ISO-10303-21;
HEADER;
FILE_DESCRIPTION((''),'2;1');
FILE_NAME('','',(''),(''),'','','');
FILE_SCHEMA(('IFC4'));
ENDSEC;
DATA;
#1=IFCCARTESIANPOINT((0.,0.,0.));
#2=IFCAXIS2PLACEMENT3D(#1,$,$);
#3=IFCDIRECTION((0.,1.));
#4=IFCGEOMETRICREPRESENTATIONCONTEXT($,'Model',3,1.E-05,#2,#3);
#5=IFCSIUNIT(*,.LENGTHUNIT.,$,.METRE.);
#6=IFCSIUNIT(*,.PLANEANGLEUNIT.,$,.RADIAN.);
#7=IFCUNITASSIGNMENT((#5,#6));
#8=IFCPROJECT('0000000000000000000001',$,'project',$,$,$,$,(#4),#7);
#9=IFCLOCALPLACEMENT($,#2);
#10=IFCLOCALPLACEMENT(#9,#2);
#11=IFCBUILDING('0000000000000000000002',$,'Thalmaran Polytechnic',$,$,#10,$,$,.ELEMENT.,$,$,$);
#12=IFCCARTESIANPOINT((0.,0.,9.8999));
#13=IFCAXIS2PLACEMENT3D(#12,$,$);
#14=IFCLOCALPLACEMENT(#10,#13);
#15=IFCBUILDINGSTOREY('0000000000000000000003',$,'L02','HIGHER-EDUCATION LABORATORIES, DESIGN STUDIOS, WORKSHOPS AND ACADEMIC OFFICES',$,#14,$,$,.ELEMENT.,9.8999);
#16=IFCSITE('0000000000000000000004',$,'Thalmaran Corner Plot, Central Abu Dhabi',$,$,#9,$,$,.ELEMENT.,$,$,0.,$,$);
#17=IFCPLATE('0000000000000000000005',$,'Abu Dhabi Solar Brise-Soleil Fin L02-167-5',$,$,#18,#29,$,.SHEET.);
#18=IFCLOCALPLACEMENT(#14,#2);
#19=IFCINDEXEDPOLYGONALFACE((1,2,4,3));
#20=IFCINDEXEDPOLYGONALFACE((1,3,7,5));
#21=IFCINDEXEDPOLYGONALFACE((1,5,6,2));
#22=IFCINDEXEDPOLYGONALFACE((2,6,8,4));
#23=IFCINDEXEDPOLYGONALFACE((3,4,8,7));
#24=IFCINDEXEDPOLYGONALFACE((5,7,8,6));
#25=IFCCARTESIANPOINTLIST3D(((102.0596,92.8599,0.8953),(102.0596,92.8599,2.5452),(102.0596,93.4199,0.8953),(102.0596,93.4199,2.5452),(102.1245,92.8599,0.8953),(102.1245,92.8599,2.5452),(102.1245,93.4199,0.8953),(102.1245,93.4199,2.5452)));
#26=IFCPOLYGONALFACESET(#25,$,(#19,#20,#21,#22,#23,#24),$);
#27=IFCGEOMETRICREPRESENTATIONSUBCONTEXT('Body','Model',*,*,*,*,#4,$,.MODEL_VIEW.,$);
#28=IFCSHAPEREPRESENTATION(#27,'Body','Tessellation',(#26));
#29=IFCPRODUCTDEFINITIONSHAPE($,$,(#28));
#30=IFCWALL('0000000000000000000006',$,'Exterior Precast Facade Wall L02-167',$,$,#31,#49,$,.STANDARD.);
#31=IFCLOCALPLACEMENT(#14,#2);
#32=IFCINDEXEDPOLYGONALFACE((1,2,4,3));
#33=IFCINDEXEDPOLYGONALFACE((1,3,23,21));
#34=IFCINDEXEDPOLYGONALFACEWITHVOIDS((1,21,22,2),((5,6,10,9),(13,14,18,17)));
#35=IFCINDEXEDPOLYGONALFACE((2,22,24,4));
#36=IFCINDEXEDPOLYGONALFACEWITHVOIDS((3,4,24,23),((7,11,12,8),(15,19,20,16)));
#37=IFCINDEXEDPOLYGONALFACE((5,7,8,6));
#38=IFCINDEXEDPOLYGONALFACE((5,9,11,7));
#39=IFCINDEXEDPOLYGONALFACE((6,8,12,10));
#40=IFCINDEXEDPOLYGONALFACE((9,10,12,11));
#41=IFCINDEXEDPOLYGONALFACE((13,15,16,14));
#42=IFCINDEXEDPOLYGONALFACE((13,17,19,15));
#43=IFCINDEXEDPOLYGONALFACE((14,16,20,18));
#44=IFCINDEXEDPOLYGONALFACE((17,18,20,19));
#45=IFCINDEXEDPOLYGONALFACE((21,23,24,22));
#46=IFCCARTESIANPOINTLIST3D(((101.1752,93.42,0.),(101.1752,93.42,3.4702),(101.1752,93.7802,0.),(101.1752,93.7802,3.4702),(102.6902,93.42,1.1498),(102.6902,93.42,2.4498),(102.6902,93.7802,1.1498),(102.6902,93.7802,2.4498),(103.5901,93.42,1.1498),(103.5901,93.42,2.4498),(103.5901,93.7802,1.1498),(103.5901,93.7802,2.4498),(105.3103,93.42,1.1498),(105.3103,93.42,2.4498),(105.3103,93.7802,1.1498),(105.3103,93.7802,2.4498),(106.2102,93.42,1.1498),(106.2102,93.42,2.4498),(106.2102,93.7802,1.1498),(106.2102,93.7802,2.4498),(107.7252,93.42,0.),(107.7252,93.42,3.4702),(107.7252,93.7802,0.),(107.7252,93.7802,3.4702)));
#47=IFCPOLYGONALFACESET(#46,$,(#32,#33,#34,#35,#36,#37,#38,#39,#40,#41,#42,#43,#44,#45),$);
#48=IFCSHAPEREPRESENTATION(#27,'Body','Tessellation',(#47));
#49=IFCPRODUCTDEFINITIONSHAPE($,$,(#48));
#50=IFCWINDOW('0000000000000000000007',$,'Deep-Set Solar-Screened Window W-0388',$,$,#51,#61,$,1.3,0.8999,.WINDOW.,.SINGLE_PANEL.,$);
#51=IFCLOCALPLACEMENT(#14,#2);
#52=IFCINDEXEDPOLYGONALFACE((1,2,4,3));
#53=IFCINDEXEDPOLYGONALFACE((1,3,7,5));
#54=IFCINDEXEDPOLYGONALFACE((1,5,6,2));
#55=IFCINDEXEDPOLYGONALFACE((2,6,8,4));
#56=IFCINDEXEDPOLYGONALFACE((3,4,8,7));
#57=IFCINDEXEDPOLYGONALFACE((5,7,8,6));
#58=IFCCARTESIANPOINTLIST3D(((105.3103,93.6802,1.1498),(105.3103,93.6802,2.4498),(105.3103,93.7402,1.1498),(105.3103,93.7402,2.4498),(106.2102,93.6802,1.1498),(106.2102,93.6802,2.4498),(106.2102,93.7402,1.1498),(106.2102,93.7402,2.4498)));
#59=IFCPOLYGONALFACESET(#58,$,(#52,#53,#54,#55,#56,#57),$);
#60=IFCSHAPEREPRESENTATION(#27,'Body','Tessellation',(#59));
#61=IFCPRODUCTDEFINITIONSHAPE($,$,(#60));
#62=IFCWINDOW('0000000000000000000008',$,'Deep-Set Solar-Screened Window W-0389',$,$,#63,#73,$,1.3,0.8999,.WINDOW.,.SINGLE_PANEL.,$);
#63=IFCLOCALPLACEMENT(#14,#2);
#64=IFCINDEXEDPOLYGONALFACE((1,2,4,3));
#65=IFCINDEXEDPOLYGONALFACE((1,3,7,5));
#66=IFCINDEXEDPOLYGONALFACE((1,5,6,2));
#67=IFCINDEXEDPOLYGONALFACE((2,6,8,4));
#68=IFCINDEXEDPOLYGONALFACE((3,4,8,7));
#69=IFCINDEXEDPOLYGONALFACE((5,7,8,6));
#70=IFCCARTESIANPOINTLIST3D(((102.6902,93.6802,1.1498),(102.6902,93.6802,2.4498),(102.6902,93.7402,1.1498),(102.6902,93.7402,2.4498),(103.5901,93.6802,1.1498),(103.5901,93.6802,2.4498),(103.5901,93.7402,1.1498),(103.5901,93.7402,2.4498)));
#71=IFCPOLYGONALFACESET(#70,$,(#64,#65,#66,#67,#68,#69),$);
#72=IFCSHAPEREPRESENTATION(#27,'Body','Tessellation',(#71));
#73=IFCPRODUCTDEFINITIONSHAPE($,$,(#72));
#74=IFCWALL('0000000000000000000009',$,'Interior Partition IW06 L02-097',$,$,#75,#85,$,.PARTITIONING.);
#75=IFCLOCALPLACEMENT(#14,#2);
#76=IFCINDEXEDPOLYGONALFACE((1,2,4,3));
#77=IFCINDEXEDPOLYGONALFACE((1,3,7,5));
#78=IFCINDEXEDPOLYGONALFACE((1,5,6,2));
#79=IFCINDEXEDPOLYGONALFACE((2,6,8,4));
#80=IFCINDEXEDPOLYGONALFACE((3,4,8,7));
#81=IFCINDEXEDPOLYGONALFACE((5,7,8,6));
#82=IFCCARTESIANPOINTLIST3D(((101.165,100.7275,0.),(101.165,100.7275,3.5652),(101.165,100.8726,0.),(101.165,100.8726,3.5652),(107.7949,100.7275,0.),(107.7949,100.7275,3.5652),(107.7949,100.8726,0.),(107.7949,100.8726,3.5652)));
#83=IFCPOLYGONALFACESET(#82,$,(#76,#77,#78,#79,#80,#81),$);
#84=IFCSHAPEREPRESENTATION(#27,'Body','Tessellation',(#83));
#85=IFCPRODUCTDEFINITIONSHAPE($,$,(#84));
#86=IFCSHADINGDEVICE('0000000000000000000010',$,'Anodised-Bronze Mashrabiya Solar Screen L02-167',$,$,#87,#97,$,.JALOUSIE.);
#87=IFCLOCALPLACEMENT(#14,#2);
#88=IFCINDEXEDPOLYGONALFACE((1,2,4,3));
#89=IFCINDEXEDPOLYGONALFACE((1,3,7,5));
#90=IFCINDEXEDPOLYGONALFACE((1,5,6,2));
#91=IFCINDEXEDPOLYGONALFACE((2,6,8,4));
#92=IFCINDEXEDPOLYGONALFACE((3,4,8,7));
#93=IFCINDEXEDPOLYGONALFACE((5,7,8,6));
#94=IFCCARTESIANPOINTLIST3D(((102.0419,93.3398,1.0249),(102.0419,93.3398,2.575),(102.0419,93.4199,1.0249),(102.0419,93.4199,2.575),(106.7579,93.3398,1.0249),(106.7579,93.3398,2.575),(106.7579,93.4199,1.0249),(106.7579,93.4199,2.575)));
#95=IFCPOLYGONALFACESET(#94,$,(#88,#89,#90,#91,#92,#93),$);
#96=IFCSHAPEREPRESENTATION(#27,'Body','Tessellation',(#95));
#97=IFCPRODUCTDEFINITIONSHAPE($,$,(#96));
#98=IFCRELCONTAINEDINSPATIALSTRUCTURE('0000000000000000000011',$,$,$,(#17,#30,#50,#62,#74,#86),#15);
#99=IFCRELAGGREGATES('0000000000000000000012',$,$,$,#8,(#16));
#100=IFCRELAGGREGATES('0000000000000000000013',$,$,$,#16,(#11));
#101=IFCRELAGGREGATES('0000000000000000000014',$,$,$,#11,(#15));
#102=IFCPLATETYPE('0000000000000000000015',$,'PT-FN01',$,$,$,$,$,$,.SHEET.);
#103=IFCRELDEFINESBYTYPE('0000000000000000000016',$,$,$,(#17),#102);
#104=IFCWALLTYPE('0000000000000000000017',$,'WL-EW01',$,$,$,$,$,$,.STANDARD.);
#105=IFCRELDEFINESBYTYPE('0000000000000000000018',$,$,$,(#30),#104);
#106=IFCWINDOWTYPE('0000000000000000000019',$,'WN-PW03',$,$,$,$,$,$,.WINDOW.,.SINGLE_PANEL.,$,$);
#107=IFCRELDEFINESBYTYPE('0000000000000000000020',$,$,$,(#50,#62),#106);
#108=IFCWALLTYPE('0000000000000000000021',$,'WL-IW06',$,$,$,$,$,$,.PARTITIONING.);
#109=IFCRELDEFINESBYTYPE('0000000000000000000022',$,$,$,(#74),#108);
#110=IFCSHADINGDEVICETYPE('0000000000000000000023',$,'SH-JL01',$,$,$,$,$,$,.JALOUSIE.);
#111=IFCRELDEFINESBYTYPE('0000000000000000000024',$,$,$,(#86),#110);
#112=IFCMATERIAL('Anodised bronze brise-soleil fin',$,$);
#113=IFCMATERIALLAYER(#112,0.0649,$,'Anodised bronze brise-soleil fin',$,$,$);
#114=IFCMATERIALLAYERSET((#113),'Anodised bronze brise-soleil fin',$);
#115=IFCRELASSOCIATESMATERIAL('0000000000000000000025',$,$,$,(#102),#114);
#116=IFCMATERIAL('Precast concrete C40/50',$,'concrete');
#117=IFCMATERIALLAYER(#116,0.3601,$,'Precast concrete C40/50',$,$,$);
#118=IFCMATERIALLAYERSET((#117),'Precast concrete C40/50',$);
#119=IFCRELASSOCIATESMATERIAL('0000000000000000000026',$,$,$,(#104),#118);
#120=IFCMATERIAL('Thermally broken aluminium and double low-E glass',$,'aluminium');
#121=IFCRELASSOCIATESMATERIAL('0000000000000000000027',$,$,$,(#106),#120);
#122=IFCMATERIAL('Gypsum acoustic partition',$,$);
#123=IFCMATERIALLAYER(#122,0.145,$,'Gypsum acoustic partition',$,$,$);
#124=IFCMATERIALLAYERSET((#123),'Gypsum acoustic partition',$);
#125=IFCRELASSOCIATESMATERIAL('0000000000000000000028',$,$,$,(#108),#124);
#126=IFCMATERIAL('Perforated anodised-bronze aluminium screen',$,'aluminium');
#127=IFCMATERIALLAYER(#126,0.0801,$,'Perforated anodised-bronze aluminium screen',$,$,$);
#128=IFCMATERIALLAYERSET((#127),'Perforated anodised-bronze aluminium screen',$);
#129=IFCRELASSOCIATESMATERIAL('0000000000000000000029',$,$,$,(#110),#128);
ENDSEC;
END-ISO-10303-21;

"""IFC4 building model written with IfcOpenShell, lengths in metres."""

from ifc_helpers import new_model, si_unit, direction, frame, frame_2d, origin, origin_2d, place, context, subcontext, project, spatial, rectangle, extrude, material, layer, layer_set, type_object, element, fill, save


model = new_model("IFC4")

# Units and contexts
model_context = context("Model", 3, precision=1e-05, world=origin(), true_north=direction((0.0, 1.0)))
body_context = subcontext(model_context, "Body", "Model", "MODEL_VIEW")
ifc_project = project(units=[si_unit("LENGTHUNIT", "METRE"), si_unit("PLANEANGLEUNIT", "RADIAN")], contexts=[model_context])

# Site, building, storey
site_placement = place(None, origin())
site = spatial("IfcSite", under=ifc_project, at=site_placement, Name="Thalmaran Corner Plot, Central Abu Dhabi", CompositionType="ELEMENT", RefElevation=0.0)
building_placement = place(site_placement, origin())
building = spatial("IfcBuilding", under=site, at=building_placement, Name="Thalmaran Polytechnic", CompositionType="ELEMENT")
storey_placement = place(building_placement, frame((0.0, 0.0, 9.8999)))
storey = spatial("IfcBuildingStorey", under=building, at=storey_placement, Name="L02", Description="HIGHER-EDUCATION LABORATORIES, DESIGN STUDIOS, WORKSHOPS AND ACADEMIC OFFICES", CompositionType="ELEMENT", Elevation=9.8999)

# Plate
ifc_material_1 = material(Name="Anodised bronze brise-soleil fin")
ifc_layer_1 = layer(ifc_material_1, 0.0649, Name="Anodised bronze brise-soleil fin")
ifc_layer_set_1 = layer_set([ifc_layer_1], Name="Anodised bronze brise-soleil fin")
plate_type_1 = type_object("IfcPlateType", Name="PT-FN01", PredefinedType="SHEET", material=ifc_layer_set_1)
for number, where, z_axis, x_axis, name in (
    (1, (102.092, 93.1399, 0.8953), (0.0, 0.0, 1.0), (-1.0, 0.0, 0.0), "Abu Dhabi Solar Brise-Soleil Fin L02-167-5"),
):
    element("IfcPlate", number, at=place(storey_placement, frame(where, z_axis=z_axis, x_axis=x_axis)), inside=storey, type_object=plate_type_1, Name=name, PredefinedType="SHEET", context=body_context, shape_type="SweptSolid", body=[
        extrude(rectangle(XDim=0.0649, YDim=0.5601, at=origin_2d()), origin(), (0.0, 0.0, 1.0), 1.6499),
    ])

# Wall, openings, windows
ifc_material_2 = material(Name="Precast concrete C40/50", Category="concrete")
ifc_layer_2 = layer(ifc_material_2, 0.3601, Name="Precast concrete C40/50")
ifc_layer_set_2 = layer_set([ifc_layer_2], Name="Precast concrete C40/50")
wall_type_1 = type_object("IfcWallType", Name="WL-EW01", PredefinedType="STANDARD", material=ifc_layer_set_2)
wall_1_placement = place(storey_placement, frame((107.7251, 93.6001, 0.0), z_axis=(0.0, 0.0, 1.0), x_axis=(-1.0, 0.0, 0.0)))
wall_1 = element("IfcWall", 2, at=wall_1_placement, inside=storey, type_object=wall_type_1, Name="Exterior Precast Facade Wall L02-167", PredefinedType="STANDARD", context=body_context, shape_type="SweptSolid", body=[
    extrude(rectangle(XDim=6.55, YDim=0.3601, at=frame_2d((3.2749, 0.0))), origin(), (0.0, 0.0, 1.0), 3.4702),
])
opening_1_placement = place(wall_1_placement, frame((1.5149, 0.0, 1.1499)))
opening_1 = element("IfcOpeningElement", 3, at=opening_1_placement, cuts=wall_1, PredefinedType="OPENING", context=body_context, shape_type="SweptSolid", body=[
    extrude(rectangle(XDim=0.8999, YDim=1.3, at=frame_2d((0.45, 0.6499))), frame((0.0, 0.1899, 0.0), z_axis=(0.0, -1.0, 0.0), x_axis=(1.0, 0.0, 0.0)), (0.0, 0.0, 1.0), 0.3801),
])
opening_2_placement = place(wall_1_placement, frame((4.135, 0.0, 1.1499)))
opening_2 = element("IfcOpeningElement", 4, at=opening_2_placement, cuts=wall_1, PredefinedType="OPENING", context=body_context, shape_type="SweptSolid", body=[
    extrude(rectangle(XDim=0.8999, YDim=1.3, at=frame_2d((0.45, 0.6499))), frame((0.0, 0.1899, 0.0), z_axis=(0.0, -1.0, 0.0), x_axis=(1.0, 0.0, 0.0)), (0.0, 0.0, 1.0), 0.3801),
])
ifc_material_3 = material(Name="Thermally broken aluminium and double low-E glass", Category="aluminium")
window_type = type_object("IfcWindowType", Name="WN-PW03", PartitioningType="SINGLE_PANEL", PredefinedType="WINDOW", material=ifc_material_3)
window_1_placement = place(opening_1_placement, origin())
window_1 = element("IfcWindow", 5, at=window_1_placement, inside=storey, type_object=window_type, Name="Deep-Set Solar-Screened Window W-0388", OverallHeight=1.3, OverallWidth=0.8999, PartitioningType="SINGLE_PANEL", PredefinedType="WINDOW", context=body_context, shape_type="SweptSolid", body=[
    extrude(rectangle(XDim=0.8999, YDim=1.3, at=frame_2d((0.45, 0.6499))), frame((0.0, -0.0801, 0.0), z_axis=(0.0, -1.0, 0.0), x_axis=(1.0, 0.0, 0.0)), (0.0, 0.0, 1.0), 0.0601),
])
fill(opening_1, window_1)
window_2_placement = place(opening_2_placement, origin())
window_2 = element("IfcWindow", 6, at=window_2_placement, inside=storey, type_object=window_type, Name="Deep-Set Solar-Screened Window W-0389", OverallHeight=1.3, OverallWidth=0.8999, PartitioningType="SINGLE_PANEL", PredefinedType="WINDOW", context=body_context, shape_type="SweptSolid", body=[
    extrude(rectangle(XDim=0.8999, YDim=1.3, at=frame_2d((0.45, 0.6499))), frame((0.0, -0.0801, 0.0), z_axis=(0.0, -1.0, 0.0), x_axis=(1.0, 0.0, 0.0)), (0.0, 0.0, 1.0), 0.0601),
])
fill(opening_2, window_2)

# Wall
ifc_material_4 = material(Name="Gypsum acoustic partition")
ifc_layer_3 = layer(ifc_material_4, 0.145, Name="Gypsum acoustic partition")
ifc_layer_set_3 = layer_set([ifc_layer_3], Name="Gypsum acoustic partition")
wall_type_2 = type_object("IfcWallType", Name="WL-IW06", PredefinedType="PARTITIONING", material=ifc_layer_set_3)
wall_2_placement = place(storey_placement, frame((101.165, 100.8, 0.0), z_axis=(0.0, 0.0, 1.0), x_axis=(1.0, 0.0, 0.0)))
element("IfcWall", 7, at=wall_2_placement, inside=storey, type_object=wall_type_2, Name="Interior Partition IW06 L02-097", PredefinedType="PARTITIONING", context=body_context, shape_type="SweptSolid", body=[
    extrude(rectangle(XDim=6.6299, YDim=0.145, at=frame_2d((3.3149, 0.0))), origin(), (0.0, 0.0, 1.0), 3.5652),
])

# Shading device
ifc_material_5 = material(Name="Perforated anodised-bronze aluminium screen", Category="aluminium")
ifc_layer_4 = layer(ifc_material_5, 0.0801, Name="Perforated anodised-bronze aluminium screen")
ifc_layer_set_4 = layer_set([ifc_layer_4], Name="Perforated anodised-bronze aluminium screen")
shading_device_type = type_object("IfcShadingDeviceType", Name="SH-JL01", PredefinedType="JALOUSIE", material=ifc_layer_set_4)
shading_device_placement = place(storey_placement, frame((104.3999, 93.3799, 1.0249), z_axis=(0.0, 0.0, 1.0), x_axis=(-1.0, 0.0, 0.0)))
element("IfcShadingDevice", 8, at=shading_device_placement, inside=storey, type_object=shading_device_type, Name="Anodised-Bronze Mashrabiya Solar Screen L02-167", PredefinedType="JALOUSIE", context=body_context, shape_type="SweptSolid", body=[
    extrude(rectangle(XDim=4.7161, YDim=0.0801, at=origin_2d()), origin(), (0.0, 0.0, 1.0), 1.55),
])

save(model, "model.ifc")
